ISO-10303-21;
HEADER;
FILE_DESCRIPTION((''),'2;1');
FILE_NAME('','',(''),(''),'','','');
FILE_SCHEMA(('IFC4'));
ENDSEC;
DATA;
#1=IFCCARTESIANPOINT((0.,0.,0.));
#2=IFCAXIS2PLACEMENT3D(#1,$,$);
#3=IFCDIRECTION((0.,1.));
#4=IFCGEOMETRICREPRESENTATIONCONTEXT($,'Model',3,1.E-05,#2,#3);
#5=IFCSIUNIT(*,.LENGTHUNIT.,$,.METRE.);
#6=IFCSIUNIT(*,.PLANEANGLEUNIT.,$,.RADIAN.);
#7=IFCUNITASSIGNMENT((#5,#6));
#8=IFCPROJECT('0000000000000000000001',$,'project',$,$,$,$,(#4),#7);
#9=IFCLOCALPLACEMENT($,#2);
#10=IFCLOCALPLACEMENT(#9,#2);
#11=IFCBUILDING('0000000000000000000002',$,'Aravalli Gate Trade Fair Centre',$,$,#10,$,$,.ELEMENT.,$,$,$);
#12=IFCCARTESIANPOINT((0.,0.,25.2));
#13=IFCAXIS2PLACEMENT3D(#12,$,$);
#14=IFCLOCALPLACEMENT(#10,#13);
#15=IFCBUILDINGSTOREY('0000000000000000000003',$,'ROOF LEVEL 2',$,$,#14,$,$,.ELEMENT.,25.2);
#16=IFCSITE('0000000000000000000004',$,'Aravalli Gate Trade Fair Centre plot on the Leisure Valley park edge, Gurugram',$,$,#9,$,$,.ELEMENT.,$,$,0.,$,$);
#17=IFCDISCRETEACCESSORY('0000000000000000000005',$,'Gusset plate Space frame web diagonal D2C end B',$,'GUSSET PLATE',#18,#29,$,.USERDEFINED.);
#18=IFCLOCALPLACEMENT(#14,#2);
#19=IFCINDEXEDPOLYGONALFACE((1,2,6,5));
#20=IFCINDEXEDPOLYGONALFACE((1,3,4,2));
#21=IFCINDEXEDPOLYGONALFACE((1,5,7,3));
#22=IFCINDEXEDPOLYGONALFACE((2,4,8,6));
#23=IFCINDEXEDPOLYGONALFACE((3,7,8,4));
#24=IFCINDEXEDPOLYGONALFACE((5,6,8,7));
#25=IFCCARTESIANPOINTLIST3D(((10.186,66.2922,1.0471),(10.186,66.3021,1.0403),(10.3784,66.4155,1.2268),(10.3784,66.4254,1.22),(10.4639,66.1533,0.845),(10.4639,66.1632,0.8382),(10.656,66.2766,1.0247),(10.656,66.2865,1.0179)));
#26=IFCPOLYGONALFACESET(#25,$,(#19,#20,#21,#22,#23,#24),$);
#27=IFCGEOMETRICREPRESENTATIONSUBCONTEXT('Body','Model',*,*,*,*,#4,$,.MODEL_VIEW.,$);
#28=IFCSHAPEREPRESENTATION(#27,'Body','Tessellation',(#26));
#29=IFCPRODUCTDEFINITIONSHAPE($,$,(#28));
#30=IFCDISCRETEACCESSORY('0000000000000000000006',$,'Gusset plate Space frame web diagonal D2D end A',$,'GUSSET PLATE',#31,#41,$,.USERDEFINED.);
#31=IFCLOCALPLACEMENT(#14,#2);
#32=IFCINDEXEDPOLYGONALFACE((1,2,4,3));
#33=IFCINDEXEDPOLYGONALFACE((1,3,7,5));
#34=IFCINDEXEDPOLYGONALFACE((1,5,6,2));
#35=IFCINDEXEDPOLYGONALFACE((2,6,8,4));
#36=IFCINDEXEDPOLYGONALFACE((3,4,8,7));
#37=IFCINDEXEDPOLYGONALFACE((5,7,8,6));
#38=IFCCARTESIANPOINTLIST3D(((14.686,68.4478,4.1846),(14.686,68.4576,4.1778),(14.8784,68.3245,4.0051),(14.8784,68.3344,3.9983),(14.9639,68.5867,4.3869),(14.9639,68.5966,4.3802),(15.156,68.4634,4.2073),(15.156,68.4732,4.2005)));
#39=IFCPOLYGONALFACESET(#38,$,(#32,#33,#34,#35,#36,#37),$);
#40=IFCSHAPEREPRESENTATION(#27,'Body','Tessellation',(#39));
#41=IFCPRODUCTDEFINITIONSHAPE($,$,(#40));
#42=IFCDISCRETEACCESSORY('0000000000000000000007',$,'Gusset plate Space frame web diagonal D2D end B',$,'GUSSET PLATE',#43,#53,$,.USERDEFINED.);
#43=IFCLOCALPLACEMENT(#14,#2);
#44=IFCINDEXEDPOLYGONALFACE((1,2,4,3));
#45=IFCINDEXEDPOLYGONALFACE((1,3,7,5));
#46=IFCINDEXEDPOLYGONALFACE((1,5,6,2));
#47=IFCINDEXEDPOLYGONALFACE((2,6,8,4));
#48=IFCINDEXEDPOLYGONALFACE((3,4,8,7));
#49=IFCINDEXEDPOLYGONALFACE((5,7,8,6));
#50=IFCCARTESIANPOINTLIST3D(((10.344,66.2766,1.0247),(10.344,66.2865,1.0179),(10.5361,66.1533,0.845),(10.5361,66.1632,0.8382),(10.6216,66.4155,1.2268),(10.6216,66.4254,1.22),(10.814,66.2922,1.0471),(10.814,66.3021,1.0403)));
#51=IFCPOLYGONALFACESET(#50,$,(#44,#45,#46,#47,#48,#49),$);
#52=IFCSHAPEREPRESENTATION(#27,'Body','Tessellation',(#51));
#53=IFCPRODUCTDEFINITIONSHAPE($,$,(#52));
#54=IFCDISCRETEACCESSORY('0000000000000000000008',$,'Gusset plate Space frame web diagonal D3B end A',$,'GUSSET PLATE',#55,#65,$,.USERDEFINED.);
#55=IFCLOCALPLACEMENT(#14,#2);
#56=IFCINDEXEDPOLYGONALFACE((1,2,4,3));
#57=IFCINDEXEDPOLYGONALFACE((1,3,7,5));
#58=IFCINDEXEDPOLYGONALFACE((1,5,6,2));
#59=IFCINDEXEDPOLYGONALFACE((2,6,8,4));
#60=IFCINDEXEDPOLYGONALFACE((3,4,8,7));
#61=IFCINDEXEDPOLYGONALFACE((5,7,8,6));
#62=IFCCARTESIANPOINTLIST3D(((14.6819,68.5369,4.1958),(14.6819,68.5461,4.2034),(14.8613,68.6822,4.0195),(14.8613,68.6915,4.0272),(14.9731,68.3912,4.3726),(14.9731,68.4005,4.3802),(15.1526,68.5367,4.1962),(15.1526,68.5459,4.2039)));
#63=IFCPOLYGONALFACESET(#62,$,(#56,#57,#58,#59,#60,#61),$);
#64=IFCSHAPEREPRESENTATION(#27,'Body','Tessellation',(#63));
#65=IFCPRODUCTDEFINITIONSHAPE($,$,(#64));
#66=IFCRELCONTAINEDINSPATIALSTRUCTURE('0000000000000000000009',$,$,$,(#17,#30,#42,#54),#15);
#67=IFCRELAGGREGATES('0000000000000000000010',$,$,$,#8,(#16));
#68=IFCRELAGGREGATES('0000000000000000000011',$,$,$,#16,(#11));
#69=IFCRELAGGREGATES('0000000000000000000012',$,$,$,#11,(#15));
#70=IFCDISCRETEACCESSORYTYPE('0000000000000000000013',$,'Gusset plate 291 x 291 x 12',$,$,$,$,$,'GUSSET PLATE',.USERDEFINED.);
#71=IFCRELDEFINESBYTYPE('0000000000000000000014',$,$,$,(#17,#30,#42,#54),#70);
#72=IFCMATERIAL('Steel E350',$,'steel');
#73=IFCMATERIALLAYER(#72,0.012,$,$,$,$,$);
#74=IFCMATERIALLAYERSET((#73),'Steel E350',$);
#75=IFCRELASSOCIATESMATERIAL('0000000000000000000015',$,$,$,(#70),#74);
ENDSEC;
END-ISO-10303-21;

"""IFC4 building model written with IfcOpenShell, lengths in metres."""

from ifc_helpers import new_model, si_unit, direction, frame, origin, place, context, subcontext, project, spatial, polyline, outline, extrude, material, layer, layer_set, type_object, element, save


model = new_model("IFC4")

# Units and contexts
model_context = context("Model", 3, precision=1e-05, world=origin(), true_north=direction((0.0, 1.0)))
body_context = subcontext(model_context, "Body", "Model", "MODEL_VIEW")
ifc_project = project(units=[si_unit("LENGTHUNIT", "METRE"), si_unit("PLANEANGLEUNIT", "RADIAN")], contexts=[model_context])

# Site, building, storey
site_placement = place(None, origin())
site = spatial("IfcSite", under=ifc_project, at=site_placement, Name="Aravalli Gate Trade Fair Centre plot on the Leisure Valley park edge, Gurugram", CompositionType="ELEMENT", RefElevation=0.0)
building_placement = place(site_placement, origin())
building = spatial("IfcBuilding", under=site, at=building_placement, Name="Aravalli Gate Trade Fair Centre", CompositionType="ELEMENT")
storey_placement = place(building_placement, frame((0.0, 0.0, 25.2)))
storey = spatial("IfcBuildingStorey", under=building, at=storey_placement, Name="ROOF LEVEL 2", CompositionType="ELEMENT", Elevation=25.2)

# Shared definitions
ifc_material_1 = material(Name="Steel E350", Category="steel")

# Discrete accessories
ifc_layer_1 = layer(ifc_material_1, 0.012)
ifc_layer_set_1 = layer_set([ifc_layer_1], Name="Steel E350")
discrete_accessory_type = type_object("IfcDiscreteAccessoryType", Name="Gusset plate 291 x 291 x 12", ElementType="GUSSET PLATE", PredefinedType="USERDEFINED", material=ifc_layer_set_1)
discrete_accessory_1_placement = place(storey_placement, frame((10.186, 66.2922, 1.0471), z_axis=(-0.000356, -0.824387, 0.566027), x_axis=(0.74966, -0.37483, -0.545447)))
element("IfcDiscreteAccessory", 1, at=discrete_accessory_1_placement, inside=storey, type_object=discrete_accessory_type, Name="Gusset plate Space frame web diagonal D2C end B", ObjectType="GUSSET PLATE", PredefinedType="USERDEFINED", context=body_context, shape_type="SweptSolid", body=[
    extrude(outline(polyline([(0.0, 0.0), (0.3706, 0.0), (0.3704, 0.2905), (0.0, 0.2907), (0.0, 0.0)])), origin(), (0.0, 0.0, -1.0), 0.012),
])
discrete_accessory_2_placement = place(storey_placement, frame((14.686, 68.4478, 4.1846), z_axis=(0.000059, -0.824356, 0.566072), x_axis=(0.749391, 0.374849, 0.545804)))
element("IfcDiscreteAccessory", 2, at=discrete_accessory_2_placement, inside=storey, type_object=discrete_accessory_type, Name="Gusset plate Space frame web diagonal D2D end A", ObjectType="GUSSET PLATE", PredefinedType="USERDEFINED", context=body_context, shape_type="SweptSolid", body=[
    extrude(outline(polyline([(0.0, 0.0), (0.3707, 0.0), (0.3704, -0.2905), (0.0, -0.2905), (0.0, 0.0)])), origin(), (0.0, 0.0, -1.0), 0.012),
])
discrete_accessory_3_placement = place(storey_placement, frame((10.6216, 66.4155, 1.2268), z_axis=(0.000356, -0.824387, 0.566027), x_axis=(-0.749371, -0.375015, -0.545716)))
element("IfcDiscreteAccessory", 3, at=discrete_accessory_3_placement, inside=storey, type_object=discrete_accessory_type, Name="Gusset plate Space frame web diagonal D2D end B", ObjectType="GUSSET PLATE", PredefinedType="USERDEFINED", context=body_context, shape_type="SweptSolid", body=[
    extrude(outline(polyline([(0.0, 0.0), (0.3704, 0.0), (0.3707, 0.2905), (0.0001, 0.2907), (0.0, 0.0)])), origin(), (0.0, 0.0, -1.0), 0.012),
])
discrete_accessory_4_placement = place(storey_placement, frame((14.6819, 68.5461, 4.2034), z_axis=(-0.00026, 0.771582, 0.63613), x_axis=(0.785986, -0.393126, 0.477156)))
element("IfcDiscreteAccessory", 4, at=discrete_accessory_4_placement, inside=storey, type_object=discrete_accessory_type, Name="Gusset plate Space frame web diagonal D3B end A", ObjectType="GUSSET PLATE", PredefinedType="USERDEFINED", context=body_context, shape_type="SweptSolid", body=[
    extrude(outline(polyline([(0.0, 0.0), (0.3706, 0.0), (0.3703, 0.2906), (-0.0002, 0.2905), (0.0, 0.0)])), origin(), (0.0, 0.0, -1.0), 0.012),
])

save(model, "model.ifc")
